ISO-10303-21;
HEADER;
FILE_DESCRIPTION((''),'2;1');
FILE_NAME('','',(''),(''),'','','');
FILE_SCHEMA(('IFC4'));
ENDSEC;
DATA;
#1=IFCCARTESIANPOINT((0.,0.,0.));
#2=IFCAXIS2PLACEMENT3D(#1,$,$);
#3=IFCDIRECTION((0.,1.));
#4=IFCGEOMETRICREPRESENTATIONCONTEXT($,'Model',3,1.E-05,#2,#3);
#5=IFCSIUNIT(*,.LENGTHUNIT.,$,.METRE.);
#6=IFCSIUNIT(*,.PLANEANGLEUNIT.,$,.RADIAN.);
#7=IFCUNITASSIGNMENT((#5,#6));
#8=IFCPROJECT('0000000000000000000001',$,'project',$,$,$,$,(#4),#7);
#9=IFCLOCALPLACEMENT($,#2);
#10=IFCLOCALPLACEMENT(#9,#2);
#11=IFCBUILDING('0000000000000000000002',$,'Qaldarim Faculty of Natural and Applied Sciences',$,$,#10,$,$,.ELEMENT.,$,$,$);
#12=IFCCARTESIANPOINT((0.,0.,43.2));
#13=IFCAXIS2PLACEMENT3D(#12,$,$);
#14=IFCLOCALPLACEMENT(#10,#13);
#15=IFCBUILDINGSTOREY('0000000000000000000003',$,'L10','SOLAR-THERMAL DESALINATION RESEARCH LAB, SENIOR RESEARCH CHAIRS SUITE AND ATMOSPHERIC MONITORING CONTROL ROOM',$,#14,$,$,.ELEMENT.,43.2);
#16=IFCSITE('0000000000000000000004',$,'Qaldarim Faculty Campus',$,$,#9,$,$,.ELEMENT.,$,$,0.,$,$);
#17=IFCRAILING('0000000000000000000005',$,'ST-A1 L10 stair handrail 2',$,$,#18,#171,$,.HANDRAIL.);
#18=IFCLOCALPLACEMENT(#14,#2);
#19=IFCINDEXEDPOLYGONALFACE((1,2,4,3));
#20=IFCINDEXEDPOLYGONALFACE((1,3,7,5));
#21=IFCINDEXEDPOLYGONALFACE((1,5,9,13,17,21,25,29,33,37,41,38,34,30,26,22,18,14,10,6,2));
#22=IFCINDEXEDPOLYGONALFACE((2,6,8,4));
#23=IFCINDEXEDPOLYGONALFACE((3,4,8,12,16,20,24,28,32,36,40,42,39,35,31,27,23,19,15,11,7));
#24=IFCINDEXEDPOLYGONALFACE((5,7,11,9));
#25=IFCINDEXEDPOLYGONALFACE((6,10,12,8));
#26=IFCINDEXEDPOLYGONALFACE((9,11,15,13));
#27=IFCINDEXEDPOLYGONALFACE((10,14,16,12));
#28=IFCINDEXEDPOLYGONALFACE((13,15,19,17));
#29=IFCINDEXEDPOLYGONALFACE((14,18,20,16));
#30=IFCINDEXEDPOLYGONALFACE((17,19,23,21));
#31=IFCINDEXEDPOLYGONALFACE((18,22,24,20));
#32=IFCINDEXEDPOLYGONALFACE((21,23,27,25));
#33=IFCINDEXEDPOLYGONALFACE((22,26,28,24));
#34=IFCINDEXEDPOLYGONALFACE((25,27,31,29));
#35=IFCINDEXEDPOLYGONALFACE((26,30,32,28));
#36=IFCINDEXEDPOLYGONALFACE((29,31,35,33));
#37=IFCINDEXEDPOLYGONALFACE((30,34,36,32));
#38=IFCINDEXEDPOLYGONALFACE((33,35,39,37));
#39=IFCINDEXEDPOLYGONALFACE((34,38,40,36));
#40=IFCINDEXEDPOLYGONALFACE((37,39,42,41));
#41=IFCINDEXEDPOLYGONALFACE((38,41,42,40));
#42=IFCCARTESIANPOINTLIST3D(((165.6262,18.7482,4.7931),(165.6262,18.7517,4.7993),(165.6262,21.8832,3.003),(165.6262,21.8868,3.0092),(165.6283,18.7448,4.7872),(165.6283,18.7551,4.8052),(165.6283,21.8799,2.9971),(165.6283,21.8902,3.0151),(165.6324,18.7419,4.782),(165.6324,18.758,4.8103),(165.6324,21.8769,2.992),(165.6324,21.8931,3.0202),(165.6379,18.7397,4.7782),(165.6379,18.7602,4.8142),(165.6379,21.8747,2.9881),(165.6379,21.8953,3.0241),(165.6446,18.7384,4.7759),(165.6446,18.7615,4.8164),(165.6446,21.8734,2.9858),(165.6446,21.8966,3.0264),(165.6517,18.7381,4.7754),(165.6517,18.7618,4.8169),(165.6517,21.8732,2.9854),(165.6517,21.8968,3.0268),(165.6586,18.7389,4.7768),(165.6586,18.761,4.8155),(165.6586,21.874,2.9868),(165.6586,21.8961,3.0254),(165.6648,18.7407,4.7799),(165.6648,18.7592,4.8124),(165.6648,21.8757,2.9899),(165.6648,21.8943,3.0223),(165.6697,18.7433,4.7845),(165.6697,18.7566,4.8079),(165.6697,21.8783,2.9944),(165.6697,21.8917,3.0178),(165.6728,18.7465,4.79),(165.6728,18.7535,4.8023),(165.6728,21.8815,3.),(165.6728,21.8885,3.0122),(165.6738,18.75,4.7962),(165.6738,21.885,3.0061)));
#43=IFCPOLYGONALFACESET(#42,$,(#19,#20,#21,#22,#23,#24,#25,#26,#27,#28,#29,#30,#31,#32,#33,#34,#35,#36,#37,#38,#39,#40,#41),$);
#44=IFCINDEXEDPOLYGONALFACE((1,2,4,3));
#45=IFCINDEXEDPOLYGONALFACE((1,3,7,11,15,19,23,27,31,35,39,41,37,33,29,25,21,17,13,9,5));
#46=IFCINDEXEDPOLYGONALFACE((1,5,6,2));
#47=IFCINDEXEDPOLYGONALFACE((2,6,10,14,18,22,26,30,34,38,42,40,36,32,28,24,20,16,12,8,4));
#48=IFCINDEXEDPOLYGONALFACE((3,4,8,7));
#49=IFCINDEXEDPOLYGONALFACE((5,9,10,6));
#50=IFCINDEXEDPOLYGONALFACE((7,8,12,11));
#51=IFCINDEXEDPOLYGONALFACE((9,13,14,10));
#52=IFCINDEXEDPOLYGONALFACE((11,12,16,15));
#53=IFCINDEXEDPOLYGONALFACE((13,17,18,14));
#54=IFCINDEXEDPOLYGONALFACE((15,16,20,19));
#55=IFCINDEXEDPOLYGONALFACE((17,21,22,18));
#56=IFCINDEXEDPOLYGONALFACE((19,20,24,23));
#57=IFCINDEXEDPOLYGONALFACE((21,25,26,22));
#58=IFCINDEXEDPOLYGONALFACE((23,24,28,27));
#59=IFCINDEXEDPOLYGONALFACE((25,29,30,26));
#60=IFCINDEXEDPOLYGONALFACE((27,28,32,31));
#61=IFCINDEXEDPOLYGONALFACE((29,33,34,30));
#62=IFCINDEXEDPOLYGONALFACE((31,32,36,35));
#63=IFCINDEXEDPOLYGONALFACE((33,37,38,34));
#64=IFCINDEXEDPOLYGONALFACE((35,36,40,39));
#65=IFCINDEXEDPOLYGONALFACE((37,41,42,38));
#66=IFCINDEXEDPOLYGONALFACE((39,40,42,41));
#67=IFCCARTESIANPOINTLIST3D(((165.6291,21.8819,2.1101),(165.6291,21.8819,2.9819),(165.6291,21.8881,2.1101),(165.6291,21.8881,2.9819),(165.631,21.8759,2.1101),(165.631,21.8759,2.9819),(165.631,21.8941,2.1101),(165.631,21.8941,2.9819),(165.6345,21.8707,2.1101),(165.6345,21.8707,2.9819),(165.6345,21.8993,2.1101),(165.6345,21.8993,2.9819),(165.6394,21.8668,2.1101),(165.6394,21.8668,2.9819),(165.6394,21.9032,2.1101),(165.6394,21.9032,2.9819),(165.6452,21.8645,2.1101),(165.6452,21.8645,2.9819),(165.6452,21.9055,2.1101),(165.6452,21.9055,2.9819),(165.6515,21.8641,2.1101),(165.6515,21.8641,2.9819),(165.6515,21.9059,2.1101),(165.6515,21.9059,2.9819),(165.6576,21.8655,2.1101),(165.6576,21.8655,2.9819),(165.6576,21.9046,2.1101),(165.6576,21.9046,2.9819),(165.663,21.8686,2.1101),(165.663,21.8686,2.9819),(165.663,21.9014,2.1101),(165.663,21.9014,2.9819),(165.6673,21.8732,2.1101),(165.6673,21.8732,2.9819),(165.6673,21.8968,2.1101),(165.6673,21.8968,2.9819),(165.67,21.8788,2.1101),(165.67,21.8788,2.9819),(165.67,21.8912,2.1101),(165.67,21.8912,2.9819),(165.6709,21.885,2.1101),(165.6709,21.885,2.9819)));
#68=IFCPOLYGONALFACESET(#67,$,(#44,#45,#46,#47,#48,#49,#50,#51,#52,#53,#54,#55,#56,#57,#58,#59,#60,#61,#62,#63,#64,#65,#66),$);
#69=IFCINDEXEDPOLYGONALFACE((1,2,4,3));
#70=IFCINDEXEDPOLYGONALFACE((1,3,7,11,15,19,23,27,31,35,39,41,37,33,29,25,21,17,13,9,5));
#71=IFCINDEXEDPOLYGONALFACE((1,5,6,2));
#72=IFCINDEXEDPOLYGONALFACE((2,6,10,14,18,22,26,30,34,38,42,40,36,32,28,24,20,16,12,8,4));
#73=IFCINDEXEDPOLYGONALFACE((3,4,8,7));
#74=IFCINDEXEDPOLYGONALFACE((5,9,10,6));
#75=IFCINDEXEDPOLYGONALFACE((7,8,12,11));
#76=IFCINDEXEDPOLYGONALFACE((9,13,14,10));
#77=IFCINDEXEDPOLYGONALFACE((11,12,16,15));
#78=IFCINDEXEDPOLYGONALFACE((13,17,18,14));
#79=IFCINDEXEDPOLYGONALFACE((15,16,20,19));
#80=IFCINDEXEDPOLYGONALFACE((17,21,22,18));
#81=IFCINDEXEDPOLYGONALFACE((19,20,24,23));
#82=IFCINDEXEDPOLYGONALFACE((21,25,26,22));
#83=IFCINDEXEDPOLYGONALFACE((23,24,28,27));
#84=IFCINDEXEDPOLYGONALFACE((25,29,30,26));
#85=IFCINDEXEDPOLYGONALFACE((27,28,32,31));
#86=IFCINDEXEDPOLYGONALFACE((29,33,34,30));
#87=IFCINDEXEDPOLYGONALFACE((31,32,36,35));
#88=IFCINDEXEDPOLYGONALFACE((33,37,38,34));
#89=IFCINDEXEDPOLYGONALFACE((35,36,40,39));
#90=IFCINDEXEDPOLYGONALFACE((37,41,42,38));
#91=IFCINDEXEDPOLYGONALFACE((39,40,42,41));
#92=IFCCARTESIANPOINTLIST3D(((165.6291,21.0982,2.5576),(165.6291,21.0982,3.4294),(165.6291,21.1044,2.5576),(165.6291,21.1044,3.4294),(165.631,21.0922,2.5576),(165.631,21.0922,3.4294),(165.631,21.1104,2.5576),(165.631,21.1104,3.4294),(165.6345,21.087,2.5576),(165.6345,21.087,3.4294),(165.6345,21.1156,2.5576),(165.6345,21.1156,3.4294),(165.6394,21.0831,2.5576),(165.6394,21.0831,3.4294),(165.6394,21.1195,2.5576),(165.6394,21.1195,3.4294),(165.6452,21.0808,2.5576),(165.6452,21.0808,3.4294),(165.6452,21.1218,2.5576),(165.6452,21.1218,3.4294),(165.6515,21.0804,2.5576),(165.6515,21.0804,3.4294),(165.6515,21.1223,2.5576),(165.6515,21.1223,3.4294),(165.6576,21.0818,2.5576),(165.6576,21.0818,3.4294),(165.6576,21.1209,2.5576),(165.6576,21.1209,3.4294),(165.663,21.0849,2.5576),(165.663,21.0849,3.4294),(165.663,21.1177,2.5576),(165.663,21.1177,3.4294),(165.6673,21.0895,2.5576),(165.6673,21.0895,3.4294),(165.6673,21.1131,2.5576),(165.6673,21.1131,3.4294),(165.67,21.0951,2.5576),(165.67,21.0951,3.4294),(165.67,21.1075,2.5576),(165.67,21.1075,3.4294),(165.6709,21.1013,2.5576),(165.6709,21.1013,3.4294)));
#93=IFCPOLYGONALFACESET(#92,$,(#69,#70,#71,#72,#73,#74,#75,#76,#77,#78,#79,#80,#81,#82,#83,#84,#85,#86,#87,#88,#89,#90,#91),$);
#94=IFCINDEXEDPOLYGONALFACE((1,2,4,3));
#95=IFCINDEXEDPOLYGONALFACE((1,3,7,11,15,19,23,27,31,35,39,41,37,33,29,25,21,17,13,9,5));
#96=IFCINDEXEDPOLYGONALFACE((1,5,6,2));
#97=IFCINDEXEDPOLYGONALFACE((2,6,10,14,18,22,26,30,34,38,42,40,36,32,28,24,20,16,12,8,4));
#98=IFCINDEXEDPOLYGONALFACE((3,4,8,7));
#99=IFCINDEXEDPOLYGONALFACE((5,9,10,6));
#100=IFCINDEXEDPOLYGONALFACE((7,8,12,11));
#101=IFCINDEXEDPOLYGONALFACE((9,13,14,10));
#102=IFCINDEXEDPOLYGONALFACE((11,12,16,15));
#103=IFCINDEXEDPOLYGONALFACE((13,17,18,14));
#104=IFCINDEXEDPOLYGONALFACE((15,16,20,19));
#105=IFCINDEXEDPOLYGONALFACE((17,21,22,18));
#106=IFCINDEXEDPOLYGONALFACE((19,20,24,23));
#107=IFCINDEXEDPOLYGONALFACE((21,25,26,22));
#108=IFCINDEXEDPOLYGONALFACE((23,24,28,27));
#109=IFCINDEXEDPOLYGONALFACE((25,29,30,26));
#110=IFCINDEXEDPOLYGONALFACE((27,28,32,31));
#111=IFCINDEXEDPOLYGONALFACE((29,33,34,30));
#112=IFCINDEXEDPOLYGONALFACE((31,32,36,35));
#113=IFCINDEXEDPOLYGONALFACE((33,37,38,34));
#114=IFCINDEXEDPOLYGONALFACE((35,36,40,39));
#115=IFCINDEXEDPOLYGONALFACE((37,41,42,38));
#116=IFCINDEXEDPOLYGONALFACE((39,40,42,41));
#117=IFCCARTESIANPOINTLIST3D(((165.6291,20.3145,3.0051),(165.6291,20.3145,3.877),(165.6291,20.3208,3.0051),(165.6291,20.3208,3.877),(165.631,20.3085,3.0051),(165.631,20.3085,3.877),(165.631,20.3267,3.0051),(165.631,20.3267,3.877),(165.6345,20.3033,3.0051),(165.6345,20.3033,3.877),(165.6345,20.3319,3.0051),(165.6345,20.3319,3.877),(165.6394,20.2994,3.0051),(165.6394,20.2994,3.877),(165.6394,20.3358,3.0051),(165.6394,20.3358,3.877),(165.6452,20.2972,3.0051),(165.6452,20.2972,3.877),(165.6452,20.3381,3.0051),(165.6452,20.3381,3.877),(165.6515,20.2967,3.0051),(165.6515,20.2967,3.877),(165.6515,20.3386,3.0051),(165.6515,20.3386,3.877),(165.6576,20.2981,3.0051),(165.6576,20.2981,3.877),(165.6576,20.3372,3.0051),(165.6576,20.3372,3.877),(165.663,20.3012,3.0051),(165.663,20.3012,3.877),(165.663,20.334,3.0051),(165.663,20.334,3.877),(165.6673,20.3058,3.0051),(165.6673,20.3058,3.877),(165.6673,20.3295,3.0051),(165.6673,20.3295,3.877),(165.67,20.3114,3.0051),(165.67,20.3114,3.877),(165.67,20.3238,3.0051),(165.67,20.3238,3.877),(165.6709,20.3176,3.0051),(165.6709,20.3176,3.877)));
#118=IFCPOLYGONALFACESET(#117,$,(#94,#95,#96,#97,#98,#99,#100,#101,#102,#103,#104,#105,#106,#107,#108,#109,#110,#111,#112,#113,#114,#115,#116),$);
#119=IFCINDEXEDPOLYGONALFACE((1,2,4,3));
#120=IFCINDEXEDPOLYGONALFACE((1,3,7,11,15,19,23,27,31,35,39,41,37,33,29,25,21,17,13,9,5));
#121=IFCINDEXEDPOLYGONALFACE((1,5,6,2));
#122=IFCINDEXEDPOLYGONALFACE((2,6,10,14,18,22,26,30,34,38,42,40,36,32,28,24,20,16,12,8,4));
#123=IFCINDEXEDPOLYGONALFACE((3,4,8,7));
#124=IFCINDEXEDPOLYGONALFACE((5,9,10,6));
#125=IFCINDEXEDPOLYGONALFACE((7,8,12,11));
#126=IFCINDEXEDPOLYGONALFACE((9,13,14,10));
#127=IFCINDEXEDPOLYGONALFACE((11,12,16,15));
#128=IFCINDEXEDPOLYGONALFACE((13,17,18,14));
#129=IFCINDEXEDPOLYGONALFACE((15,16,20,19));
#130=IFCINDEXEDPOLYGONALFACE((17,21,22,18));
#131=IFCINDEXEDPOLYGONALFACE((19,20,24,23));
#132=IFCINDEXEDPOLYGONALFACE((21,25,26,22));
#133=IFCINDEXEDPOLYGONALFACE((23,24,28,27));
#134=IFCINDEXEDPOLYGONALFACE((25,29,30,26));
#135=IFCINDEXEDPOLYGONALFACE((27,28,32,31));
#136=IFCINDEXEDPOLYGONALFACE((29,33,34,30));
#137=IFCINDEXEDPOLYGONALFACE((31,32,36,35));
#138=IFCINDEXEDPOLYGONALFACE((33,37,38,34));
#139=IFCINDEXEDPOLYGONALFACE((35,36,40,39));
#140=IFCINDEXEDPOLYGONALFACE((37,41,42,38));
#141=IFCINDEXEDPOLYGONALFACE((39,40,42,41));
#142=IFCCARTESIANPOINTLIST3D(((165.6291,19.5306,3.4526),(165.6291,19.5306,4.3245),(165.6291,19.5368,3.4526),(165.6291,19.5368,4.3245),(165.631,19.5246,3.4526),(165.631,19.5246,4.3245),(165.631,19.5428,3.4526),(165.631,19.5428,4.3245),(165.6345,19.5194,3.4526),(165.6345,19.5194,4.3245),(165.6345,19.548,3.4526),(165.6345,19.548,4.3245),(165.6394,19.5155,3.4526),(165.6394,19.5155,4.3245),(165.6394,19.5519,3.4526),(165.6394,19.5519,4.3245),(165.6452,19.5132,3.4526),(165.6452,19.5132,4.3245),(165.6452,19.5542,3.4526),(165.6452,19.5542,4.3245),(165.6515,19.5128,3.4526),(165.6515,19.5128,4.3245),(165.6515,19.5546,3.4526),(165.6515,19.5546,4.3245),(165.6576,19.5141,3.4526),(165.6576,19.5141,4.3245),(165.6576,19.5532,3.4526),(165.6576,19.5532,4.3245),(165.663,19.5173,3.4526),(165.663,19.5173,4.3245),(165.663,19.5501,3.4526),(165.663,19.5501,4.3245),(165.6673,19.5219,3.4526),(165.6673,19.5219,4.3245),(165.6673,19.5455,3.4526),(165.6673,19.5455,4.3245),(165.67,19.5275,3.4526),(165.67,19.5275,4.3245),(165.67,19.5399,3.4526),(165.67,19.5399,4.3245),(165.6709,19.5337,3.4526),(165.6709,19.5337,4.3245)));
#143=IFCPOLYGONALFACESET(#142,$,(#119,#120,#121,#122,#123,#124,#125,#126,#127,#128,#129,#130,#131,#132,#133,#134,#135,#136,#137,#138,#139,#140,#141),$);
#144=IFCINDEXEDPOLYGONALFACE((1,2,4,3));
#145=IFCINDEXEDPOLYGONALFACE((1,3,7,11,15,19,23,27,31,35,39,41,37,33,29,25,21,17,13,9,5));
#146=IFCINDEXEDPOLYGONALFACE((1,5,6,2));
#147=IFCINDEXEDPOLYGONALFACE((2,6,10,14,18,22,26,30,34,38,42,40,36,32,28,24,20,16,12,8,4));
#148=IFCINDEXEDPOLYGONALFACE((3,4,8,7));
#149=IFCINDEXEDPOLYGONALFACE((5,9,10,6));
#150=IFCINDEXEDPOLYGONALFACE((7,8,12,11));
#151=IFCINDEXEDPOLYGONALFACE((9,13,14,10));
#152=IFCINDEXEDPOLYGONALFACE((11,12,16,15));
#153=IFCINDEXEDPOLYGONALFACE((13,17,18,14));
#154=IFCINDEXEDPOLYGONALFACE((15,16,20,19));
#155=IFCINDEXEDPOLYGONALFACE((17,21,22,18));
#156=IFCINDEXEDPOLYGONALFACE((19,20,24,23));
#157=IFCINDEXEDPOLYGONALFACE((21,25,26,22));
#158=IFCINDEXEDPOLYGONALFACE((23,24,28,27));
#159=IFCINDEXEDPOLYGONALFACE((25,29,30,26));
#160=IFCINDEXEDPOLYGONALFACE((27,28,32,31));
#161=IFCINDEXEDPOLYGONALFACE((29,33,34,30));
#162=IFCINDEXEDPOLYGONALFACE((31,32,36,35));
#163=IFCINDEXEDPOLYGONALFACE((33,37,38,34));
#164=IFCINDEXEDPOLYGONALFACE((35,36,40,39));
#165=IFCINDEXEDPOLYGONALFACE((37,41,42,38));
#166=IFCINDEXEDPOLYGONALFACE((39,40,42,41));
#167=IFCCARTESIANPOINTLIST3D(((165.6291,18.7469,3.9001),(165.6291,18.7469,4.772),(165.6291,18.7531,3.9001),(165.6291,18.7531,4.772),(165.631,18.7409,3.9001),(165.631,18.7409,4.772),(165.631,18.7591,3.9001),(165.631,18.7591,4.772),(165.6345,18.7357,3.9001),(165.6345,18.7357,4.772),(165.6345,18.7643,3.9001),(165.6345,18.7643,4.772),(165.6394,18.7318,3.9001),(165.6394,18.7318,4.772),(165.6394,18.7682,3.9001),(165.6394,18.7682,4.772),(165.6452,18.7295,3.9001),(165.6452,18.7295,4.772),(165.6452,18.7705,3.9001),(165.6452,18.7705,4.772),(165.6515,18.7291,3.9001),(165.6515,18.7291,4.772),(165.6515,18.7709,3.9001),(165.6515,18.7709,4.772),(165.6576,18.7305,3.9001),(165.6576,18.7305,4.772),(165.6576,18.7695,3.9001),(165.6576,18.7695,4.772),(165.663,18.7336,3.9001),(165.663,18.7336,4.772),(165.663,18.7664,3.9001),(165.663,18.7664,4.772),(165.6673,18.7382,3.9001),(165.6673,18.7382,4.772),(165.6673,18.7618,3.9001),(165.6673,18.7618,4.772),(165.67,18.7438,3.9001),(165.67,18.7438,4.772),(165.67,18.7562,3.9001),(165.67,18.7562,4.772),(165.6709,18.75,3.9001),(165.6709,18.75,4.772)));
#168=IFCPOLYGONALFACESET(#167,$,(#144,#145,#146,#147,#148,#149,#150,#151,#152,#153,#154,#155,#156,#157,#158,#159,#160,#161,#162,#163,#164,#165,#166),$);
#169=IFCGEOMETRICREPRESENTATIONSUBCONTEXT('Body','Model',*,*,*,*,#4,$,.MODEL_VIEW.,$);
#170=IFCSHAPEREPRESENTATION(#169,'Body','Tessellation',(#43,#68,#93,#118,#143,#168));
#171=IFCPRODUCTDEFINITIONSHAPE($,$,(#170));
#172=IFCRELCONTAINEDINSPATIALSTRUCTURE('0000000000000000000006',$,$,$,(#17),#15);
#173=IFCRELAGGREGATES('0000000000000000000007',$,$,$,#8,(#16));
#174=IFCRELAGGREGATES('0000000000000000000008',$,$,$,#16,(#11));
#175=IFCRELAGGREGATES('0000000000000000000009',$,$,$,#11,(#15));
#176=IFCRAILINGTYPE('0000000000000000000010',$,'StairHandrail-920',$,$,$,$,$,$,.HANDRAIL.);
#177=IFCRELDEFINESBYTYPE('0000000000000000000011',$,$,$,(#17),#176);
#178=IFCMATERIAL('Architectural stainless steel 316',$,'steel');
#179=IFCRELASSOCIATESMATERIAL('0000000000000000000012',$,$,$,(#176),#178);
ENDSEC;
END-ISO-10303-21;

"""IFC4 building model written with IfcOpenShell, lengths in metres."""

from ifc_helpers import new_model, si_unit, direction, frame, origin, origin_2d, place, context, subcontext, project, spatial, circle, extrude, material, type_object, element, save


model = new_model("IFC4")

# Units and contexts
model_context = context("Model", 3, precision=1e-05, world=origin(), true_north=direction((0.0, 1.0)))
body_context = subcontext(model_context, "Body", "Model", "MODEL_VIEW")
ifc_project = project(units=[si_unit("LENGTHUNIT", "METRE"), si_unit("PLANEANGLEUNIT", "RADIAN")], contexts=[model_context])

# Site, building, storey
site_placement = place(None, origin())
site = spatial("IfcSite", under=ifc_project, at=site_placement, Name="Qaldarim Faculty Campus", CompositionType="ELEMENT", RefElevation=0.0)
building_placement = place(site_placement, origin())
building = spatial("IfcBuilding", under=site, at=building_placement, Name="Qaldarim Faculty of Natural and Applied Sciences", CompositionType="ELEMENT")
storey_placement = place(building_placement, frame((0.0, 0.0, 43.2)))
storey = spatial("IfcBuildingStorey", under=building, at=storey_placement, Name="L10", Description="SOLAR-THERMAL DESALINATION RESEARCH LAB, SENIOR RESEARCH CHAIRS SUITE AND ATMOSPHERIC MONITORING CONTROL ROOM", CompositionType="ELEMENT", Elevation=43.2)

# Shared definitions
ifc_material_1 = material(Name="Architectural stainless steel 316", Category="steel")

# Railing
railing_type_1 = type_object("IfcRailingType", Name="StairHandrail-920", PredefinedType="HANDRAIL", material=ifc_material_1)
railing_1_placement = place(storey_placement, frame((165.6499, 21.885, 2.1101)))
element("IfcRailing", 1, at=railing_1_placement, inside=storey, type_object=railing_type_1, Name="ST-A1 L10 stair handrail 2", PredefinedType="HANDRAIL", context=body_context, shape_type="SweptSolid", body=[
    extrude(circle(Radius=0.0239, at=origin_2d()), frame((0.0, 0.0, 0.896), z_axis=(0.0, -0.86841, 0.495848), x_axis=(1.0, 0.0, 0.0)), (0.0, 0.0, 1.0), 3.6101),
    extrude(circle(Radius=0.021, at=origin_2d()), origin(), (0.0, 0.0, 1.0), 0.8718),
    extrude(circle(Radius=0.021, at=origin_2d()), frame((0.0, -0.7837, 0.4475)), (0.0, 0.0, 1.0), 0.8718),
    extrude(circle(Radius=0.021, at=origin_2d()), frame((0.0, -1.5674, 0.895)), (0.0, 0.0, 1.0), 0.8718),
    extrude(circle(Radius=0.021, at=origin_2d()), frame((0.0, -2.3513, 1.3425)), (0.0, 0.0, 1.0), 0.8718),
    extrude(circle(Radius=0.021, at=origin_2d()), frame((0.0, -3.135, 1.79)), (0.0, 0.0, 1.0), 0.8718),
])

save(model, "model.ifc")
